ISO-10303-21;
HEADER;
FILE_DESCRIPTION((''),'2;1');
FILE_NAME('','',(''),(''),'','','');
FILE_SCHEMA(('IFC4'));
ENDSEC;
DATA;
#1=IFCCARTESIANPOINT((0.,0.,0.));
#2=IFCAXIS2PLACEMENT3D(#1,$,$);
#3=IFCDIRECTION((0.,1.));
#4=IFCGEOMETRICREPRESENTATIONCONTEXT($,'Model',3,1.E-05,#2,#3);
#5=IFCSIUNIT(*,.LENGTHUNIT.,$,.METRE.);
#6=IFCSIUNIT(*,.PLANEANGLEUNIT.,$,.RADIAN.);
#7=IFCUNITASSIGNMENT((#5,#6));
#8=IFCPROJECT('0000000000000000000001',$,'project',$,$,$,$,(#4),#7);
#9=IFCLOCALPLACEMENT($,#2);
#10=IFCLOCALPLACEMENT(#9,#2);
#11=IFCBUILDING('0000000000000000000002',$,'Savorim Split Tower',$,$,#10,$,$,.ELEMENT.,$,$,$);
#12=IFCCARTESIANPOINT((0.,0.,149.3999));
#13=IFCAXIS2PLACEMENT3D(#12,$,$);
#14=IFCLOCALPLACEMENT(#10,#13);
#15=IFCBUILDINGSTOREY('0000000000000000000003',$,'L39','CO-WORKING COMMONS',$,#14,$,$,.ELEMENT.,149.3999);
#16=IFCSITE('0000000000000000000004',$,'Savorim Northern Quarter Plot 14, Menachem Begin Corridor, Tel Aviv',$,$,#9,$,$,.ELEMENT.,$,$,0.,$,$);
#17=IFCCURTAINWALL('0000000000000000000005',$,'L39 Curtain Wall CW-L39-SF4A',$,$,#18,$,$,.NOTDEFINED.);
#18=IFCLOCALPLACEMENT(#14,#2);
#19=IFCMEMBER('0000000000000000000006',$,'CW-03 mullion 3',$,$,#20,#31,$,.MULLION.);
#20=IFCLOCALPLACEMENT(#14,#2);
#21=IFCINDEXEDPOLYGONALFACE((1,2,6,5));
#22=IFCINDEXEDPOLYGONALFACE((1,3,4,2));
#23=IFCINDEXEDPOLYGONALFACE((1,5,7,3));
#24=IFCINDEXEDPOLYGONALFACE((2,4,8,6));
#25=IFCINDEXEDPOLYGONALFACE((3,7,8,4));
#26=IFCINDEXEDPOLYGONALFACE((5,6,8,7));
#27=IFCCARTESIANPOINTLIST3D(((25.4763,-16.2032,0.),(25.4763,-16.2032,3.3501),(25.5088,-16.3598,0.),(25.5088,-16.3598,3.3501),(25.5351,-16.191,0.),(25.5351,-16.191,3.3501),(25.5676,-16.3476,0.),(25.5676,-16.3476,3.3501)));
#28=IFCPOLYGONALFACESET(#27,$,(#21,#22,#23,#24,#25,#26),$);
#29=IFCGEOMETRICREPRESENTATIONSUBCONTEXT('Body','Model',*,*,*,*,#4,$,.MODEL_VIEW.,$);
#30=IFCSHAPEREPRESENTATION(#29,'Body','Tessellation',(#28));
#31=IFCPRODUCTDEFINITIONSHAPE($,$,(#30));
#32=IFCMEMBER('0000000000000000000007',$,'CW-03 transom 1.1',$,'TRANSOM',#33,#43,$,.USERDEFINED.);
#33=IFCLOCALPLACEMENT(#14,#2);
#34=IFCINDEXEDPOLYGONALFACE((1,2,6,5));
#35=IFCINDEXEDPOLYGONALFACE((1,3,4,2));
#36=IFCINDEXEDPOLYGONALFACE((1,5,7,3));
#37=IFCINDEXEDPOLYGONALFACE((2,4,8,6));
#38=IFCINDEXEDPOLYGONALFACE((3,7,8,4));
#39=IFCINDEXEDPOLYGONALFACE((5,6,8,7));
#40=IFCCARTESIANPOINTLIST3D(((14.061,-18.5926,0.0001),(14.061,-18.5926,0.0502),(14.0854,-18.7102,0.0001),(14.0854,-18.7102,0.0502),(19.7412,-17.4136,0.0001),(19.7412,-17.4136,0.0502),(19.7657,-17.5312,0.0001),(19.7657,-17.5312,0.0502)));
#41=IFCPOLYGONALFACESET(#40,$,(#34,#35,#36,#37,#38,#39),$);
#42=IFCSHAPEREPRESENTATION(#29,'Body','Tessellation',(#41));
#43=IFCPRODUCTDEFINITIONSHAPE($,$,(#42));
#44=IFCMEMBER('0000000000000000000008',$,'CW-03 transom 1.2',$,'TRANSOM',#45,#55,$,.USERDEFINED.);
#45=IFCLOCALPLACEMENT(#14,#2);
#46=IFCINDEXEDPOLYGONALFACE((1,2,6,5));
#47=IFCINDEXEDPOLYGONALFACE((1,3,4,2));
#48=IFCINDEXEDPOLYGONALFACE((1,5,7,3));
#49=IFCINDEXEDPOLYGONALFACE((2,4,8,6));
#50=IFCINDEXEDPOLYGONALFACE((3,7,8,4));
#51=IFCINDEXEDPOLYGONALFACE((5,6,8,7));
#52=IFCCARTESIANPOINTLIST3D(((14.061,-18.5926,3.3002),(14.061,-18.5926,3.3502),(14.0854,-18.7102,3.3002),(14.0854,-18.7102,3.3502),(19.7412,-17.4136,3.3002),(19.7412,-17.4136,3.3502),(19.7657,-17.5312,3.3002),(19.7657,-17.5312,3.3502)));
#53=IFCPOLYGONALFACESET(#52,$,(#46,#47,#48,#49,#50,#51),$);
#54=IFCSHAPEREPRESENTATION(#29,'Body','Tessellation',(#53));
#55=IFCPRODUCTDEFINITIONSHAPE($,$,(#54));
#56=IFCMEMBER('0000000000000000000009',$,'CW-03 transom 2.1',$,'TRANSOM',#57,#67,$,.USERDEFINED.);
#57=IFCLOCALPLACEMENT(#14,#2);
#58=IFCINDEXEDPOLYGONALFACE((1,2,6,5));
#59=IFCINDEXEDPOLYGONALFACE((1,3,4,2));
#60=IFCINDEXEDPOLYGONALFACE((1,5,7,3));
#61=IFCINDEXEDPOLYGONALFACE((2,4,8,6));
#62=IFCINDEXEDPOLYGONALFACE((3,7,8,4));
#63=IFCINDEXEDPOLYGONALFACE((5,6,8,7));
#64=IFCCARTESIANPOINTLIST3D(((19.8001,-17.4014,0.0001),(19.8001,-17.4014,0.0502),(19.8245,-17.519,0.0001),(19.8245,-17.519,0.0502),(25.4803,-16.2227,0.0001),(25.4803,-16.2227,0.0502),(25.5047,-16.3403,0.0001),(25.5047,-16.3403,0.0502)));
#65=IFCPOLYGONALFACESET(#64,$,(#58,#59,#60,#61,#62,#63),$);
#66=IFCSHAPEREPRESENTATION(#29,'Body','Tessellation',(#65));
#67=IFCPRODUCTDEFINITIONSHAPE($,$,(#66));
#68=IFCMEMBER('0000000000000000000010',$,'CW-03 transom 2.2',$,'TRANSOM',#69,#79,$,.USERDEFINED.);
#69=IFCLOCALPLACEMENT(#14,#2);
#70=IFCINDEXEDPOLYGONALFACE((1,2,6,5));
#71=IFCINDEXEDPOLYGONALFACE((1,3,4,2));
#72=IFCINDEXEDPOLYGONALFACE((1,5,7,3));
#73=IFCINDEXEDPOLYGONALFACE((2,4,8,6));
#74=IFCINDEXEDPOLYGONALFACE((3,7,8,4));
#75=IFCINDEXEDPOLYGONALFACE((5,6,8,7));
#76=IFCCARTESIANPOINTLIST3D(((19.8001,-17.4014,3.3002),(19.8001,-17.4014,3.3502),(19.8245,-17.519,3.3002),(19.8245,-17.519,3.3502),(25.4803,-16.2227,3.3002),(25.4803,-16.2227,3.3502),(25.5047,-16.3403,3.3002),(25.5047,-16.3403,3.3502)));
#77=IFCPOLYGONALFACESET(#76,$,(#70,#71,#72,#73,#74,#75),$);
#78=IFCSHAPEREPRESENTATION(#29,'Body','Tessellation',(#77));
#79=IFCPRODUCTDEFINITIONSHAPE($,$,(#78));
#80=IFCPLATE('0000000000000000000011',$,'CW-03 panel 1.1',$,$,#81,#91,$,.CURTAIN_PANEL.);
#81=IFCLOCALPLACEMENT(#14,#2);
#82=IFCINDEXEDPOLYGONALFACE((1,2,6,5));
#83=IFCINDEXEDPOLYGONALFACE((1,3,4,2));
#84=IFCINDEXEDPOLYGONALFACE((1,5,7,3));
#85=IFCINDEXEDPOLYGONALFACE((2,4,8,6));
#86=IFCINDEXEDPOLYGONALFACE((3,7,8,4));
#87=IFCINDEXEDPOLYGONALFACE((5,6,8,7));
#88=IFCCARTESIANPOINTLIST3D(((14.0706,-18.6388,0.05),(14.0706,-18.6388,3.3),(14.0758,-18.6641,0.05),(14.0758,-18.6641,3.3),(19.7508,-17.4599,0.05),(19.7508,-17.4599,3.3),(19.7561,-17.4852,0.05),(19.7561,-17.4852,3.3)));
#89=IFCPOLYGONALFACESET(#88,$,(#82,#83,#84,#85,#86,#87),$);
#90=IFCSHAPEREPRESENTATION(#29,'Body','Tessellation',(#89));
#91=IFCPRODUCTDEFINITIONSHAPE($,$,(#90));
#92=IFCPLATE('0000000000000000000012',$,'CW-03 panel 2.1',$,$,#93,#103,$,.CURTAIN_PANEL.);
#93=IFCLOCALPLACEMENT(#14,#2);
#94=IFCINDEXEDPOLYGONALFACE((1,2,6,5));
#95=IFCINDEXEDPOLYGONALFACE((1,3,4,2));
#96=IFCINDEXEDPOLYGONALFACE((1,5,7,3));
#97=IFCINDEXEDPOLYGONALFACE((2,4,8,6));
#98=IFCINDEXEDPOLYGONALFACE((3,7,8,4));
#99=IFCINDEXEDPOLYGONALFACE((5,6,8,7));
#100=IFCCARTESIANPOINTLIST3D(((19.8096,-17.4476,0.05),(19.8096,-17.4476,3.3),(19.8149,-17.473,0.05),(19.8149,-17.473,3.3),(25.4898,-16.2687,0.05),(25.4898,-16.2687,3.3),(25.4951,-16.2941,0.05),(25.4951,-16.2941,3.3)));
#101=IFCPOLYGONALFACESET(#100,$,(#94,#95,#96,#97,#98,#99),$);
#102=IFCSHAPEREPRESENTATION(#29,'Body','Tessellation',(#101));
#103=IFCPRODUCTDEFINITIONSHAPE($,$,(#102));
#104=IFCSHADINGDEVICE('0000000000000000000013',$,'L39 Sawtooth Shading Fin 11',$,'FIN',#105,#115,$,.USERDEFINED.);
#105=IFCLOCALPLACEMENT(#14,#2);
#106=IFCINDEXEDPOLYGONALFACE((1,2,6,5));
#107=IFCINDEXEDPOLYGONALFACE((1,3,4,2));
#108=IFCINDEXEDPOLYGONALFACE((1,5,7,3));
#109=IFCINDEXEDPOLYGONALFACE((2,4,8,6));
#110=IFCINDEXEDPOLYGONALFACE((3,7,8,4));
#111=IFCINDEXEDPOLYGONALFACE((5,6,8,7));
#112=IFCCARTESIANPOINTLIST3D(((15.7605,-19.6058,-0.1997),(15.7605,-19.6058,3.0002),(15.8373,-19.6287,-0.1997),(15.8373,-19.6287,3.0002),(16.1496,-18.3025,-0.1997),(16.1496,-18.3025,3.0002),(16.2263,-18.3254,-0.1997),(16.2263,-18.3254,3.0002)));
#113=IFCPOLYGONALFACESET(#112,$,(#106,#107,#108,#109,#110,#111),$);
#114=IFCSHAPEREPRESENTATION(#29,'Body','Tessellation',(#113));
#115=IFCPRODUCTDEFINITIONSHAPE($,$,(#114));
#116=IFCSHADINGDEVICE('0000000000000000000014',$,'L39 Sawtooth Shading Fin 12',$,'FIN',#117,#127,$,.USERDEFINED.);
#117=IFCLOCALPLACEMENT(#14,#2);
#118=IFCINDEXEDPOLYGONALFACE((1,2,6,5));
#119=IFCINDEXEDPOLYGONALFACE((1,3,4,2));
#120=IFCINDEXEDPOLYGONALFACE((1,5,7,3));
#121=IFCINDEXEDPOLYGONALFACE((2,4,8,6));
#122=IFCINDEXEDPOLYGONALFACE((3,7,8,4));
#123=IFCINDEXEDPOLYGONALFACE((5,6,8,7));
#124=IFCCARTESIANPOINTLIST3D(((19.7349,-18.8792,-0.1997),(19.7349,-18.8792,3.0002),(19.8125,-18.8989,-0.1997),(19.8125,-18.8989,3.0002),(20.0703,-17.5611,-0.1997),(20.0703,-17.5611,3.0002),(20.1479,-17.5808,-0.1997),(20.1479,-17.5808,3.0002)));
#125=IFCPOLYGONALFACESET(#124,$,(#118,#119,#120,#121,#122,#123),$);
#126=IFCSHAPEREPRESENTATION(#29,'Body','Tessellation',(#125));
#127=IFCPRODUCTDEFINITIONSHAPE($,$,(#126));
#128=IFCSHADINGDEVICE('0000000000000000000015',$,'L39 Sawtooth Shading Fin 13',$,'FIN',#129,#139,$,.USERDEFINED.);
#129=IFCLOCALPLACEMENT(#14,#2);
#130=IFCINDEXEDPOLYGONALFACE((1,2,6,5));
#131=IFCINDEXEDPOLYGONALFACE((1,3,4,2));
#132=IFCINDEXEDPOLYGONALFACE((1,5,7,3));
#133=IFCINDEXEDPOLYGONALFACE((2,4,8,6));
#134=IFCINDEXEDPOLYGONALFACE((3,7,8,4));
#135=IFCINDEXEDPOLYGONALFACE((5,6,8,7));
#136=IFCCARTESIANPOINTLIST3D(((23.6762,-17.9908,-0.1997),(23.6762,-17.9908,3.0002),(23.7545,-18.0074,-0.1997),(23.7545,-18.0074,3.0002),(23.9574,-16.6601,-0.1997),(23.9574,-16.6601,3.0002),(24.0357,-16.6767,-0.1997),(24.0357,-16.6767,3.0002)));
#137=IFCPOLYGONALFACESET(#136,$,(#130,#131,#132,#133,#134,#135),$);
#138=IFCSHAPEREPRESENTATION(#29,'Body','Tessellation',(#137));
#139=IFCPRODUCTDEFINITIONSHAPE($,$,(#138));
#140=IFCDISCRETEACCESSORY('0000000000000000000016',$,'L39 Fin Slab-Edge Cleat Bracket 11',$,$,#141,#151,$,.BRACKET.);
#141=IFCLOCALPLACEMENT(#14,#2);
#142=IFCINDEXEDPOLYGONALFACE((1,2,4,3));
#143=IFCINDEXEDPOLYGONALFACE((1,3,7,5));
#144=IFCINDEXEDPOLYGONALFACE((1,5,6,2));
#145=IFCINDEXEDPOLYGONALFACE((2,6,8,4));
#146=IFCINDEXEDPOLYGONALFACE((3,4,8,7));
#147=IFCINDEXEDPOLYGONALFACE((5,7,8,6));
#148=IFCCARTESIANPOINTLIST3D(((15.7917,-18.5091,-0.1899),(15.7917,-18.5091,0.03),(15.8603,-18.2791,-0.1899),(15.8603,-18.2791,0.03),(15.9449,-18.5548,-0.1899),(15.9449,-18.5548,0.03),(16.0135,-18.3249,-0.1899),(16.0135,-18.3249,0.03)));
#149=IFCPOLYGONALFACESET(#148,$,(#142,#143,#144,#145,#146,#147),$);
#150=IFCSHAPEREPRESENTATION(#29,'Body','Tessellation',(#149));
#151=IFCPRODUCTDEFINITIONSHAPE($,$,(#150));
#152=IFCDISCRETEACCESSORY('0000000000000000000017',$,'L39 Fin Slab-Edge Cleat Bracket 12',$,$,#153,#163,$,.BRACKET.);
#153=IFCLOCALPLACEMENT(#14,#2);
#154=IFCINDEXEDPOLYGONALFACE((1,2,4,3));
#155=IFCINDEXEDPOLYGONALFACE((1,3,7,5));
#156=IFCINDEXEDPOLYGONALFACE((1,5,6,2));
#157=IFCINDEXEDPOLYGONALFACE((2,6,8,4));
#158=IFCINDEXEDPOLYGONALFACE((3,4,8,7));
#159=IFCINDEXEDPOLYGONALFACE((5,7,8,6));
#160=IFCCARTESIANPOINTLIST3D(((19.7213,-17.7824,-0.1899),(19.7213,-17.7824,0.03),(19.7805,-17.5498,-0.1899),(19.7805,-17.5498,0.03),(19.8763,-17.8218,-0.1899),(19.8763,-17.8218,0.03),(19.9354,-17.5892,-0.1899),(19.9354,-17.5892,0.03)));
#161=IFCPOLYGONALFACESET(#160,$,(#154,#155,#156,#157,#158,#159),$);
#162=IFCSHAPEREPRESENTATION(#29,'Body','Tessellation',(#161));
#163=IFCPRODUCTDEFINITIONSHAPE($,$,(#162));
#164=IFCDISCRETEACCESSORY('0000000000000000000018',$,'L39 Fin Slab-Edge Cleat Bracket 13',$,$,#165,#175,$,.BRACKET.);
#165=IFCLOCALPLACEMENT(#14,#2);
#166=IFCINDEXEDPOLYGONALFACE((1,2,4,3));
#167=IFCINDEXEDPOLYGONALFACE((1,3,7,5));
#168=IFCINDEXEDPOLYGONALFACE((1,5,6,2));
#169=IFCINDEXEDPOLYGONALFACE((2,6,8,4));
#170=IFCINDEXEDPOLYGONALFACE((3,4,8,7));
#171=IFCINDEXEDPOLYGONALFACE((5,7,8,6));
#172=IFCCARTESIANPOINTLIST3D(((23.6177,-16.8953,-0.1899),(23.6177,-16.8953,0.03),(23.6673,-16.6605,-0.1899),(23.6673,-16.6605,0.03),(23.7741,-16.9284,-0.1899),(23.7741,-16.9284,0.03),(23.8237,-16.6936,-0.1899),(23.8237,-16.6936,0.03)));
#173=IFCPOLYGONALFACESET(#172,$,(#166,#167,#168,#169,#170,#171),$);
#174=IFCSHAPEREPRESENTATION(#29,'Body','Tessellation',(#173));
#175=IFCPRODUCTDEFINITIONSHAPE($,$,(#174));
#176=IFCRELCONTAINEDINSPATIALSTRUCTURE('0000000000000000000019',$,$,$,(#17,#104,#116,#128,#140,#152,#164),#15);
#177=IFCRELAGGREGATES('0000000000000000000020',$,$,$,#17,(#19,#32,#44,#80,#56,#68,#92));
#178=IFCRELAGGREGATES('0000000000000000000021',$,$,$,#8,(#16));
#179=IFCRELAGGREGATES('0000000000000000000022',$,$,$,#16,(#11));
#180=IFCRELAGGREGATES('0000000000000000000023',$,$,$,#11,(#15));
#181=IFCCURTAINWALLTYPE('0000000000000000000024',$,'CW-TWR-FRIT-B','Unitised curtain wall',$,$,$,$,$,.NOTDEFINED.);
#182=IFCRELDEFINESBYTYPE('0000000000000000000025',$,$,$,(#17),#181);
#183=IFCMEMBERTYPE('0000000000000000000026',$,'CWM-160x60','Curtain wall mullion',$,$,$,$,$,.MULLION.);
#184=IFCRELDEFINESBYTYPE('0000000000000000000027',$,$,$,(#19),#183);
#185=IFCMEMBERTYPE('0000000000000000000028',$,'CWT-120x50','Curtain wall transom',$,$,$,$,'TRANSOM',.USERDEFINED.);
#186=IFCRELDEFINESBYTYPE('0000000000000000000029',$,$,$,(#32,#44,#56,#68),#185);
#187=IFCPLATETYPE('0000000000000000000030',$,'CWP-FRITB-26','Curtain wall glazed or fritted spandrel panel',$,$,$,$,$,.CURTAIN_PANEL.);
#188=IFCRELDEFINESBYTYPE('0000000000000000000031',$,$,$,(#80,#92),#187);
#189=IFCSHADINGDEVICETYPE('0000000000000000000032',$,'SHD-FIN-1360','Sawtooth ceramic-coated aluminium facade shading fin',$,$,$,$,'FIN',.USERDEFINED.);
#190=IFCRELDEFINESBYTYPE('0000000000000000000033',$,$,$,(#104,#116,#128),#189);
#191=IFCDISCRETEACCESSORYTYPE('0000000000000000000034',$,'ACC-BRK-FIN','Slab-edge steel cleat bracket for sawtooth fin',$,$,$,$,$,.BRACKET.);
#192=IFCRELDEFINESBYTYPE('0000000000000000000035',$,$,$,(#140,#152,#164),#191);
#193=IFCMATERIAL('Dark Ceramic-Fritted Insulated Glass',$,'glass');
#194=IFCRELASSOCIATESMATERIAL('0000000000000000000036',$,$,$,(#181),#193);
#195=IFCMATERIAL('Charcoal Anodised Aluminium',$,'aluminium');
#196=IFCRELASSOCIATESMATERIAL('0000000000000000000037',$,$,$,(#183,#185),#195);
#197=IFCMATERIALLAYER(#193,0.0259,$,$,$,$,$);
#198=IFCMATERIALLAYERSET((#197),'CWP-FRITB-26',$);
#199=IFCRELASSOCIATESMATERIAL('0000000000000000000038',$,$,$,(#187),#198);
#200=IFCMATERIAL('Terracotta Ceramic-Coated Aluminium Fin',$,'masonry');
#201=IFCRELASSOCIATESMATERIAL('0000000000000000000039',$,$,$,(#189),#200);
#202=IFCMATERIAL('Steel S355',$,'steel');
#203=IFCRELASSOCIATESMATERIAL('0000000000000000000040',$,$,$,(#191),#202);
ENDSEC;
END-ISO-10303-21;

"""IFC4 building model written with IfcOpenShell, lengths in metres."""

from ifc_helpers import new_model, si_unit, direction, frame, origin, origin_2d, place, context, subcontext, project, spatial, rectangle, extrude, material, layer, layer_set, material_profile, profile_set, type_object, element, aggregate, save


model = new_model("IFC4")

# Units and contexts
model_context = context("Model", 3, precision=1e-05, world=origin(), true_north=direction((0.0, 1.0)))
body_context = subcontext(model_context, "Body", "Model", "MODEL_VIEW")
ifc_project = project(units=[si_unit("LENGTHUNIT", "METRE"), si_unit("PLANEANGLEUNIT", "RADIAN")], contexts=[model_context])

# Site, building, storey
site_placement = place(None, origin())
site = spatial("IfcSite", under=ifc_project, at=site_placement, Name="Savorim Northern Quarter Plot 14, Menachem Begin Corridor, Tel Aviv", CompositionType="ELEMENT", RefElevation=0.0)
building_placement = place(site_placement, origin())
building = spatial("IfcBuilding", under=site, at=building_placement, Name="Savorim Split Tower", CompositionType="ELEMENT")
storey_placement = place(building_placement, frame((0.0, 0.0, 149.3999)))
storey = spatial("IfcBuildingStorey", under=building, at=storey_placement, Name="L39", Description="CO-WORKING COMMONS", CompositionType="ELEMENT", Elevation=149.3999)

# Shared definitions
ifc_material_1 = material(Name="Steel S355", Category="steel")

# Shared definitions
ifc_material_2 = material(Name="Dark Ceramic-Fritted Insulated Glass", Category="glass")
curtain_wall_type = type_object("IfcCurtainWallType", Name="CW-TWR-FRIT-B", Description="Unitised curtain wall", PredefinedType="NOTDEFINED", material=ifc_material_2)
ifc_material_3 = material(Name="Charcoal Anodised Aluminium", Category="aluminium")
ifc_material_profile_1 = material_profile(ifc_material_3, rectangle(XDim=0.1599, YDim=0.0601, at=origin_2d()), Name="ALU-M 160x60")
ifc_profile_set_1 = profile_set([ifc_material_profile_1], Name="Charcoal Anodised Aluminium")
member_type_1 = type_object("IfcMemberType", Name="CWM-160x60", Description="Curtain wall mullion", PredefinedType="MULLION", material=ifc_profile_set_1)

# Curtain wall, members, plates
curtain_wall_1_placement = place(storey_placement, origin())
curtain_wall_1 = element("IfcCurtainWall", 1, at=curtain_wall_1_placement, inside=storey, type_object=curtain_wall_type, Name="L39 Curtain Wall CW-L39-SF4A", PredefinedType="NOTDEFINED")
member_1_placement = place(storey_placement, frame((25.522, -16.2754, 0.0), z_axis=(0.0, 0.0, 1.0), x_axis=(-0.203212, 0.979135, 0.0)))
member_1 = element("IfcMember", 2, at=member_1_placement, type_object=member_type_1, Name="CW-03 mullion 3", PredefinedType="MULLION", context=body_context, shape_type="SweptSolid", body=[
    extrude(rectangle(XDim=0.1599, YDim=0.0601, at=origin_2d()), origin(), (0.0, 0.0, 1.0), 3.3501),
])
ifc_material_profile_2 = material_profile(ifc_material_3, rectangle(XDim=0.1201, YDim=0.05, at=origin_2d()), Name="ALU-T 120x50")
ifc_profile_set_2 = profile_set([ifc_material_profile_2], Name="Charcoal Anodised Aluminium")
member_type_2 = type_object("IfcMemberType", Name="CWT-120x50", Description="Curtain wall transom", ElementType="TRANSOM", PredefinedType="USERDEFINED", material=ifc_profile_set_2)
member_2_placement = place(storey_placement, frame((14.0732, -18.6514, 0.0251), z_axis=(0.979132, 0.203225, 0.0), x_axis=(-0.203225, 0.979132, 0.0)))
member_2 = element("IfcMember", 3, at=member_2_placement, type_object=member_type_2, Name="CW-03 transom 1.1", ObjectType="TRANSOM", PredefinedType="USERDEFINED", context=body_context, shape_type="SweptSolid", body=[
    extrude(rectangle(XDim=0.1201, YDim=0.05, at=origin_2d()), origin(), (0.0, 0.0, 1.0), 5.8013),
])
member_3_placement = place(storey_placement, frame((14.0732, -18.6514, 3.3252), z_axis=(0.979132, 0.203225, 0.0), x_axis=(-0.203225, 0.979132, 0.0)))
member_3 = element("IfcMember", 4, at=member_3_placement, type_object=member_type_2, Name="CW-03 transom 1.2", ObjectType="TRANSOM", PredefinedType="USERDEFINED", context=body_context, shape_type="SweptSolid", body=[
    extrude(rectangle(XDim=0.1201, YDim=0.05, at=origin_2d()), origin(), (0.0, 0.0, 1.0), 5.8013),
])
member_4_placement = place(storey_placement, frame((19.8123, -17.4602, 0.0251), z_axis=(0.97914, 0.203184, 0.0), x_axis=(-0.203184, 0.97914, 0.0)))
member_4 = element("IfcMember", 5, at=member_4_placement, type_object=member_type_2, Name="CW-03 transom 2.1", ObjectType="TRANSOM", PredefinedType="USERDEFINED", context=body_context, shape_type="SweptSolid", body=[
    extrude(rectangle(XDim=0.1201, YDim=0.05, at=origin_2d()), origin(), (0.0, 0.0, 1.0), 5.8013),
])
member_5_placement = place(storey_placement, frame((19.8123, -17.4602, 3.3252), z_axis=(0.97914, 0.203184, 0.0), x_axis=(-0.203184, 0.97914, 0.0)))
member_5 = element("IfcMember", 6, at=member_5_placement, type_object=member_type_2, Name="CW-03 transom 2.2", ObjectType="TRANSOM", PredefinedType="USERDEFINED", context=body_context, shape_type="SweptSolid", body=[
    extrude(rectangle(XDim=0.1201, YDim=0.05, at=origin_2d()), origin(), (0.0, 0.0, 1.0), 5.8013),
])
ifc_layer = layer(ifc_material_2, 0.0259)
ifc_layer_set = layer_set([ifc_layer], Name="CWP-FRITB-26")
plate_type = type_object("IfcPlateType", Name="CWP-FRITB-26", Description="Curtain wall glazed or fritted spandrel panel", PredefinedType="CURTAIN_PANEL", material=ifc_layer_set)
plate_1_placement = place(storey_placement, frame((16.9133, -18.062, 0.05), z_axis=(0.0, 0.0, 1.0), x_axis=(0.979135, 0.203212, 0.0)))
plate_1 = element("IfcPlate", 7, at=plate_1_placement, type_object=plate_type, Name="CW-03 panel 1.1", PredefinedType="CURTAIN_PANEL", context=body_context, shape_type="SweptSolid", body=[
    extrude(rectangle(XDim=5.8013, YDim=0.0259, at=origin_2d()), origin(), (0.0, 0.0, 1.0), 3.25),
])
plate_2_placement = place(storey_placement, frame((22.6523, -16.8708, 0.05), z_axis=(0.0, 0.0, 1.0), x_axis=(0.979135, 0.203212, 0.0)))
plate_2 = element("IfcPlate", 8, at=plate_2_placement, type_object=plate_type, Name="CW-03 panel 2.1", PredefinedType="CURTAIN_PANEL", context=body_context, shape_type="SweptSolid", body=[
    extrude(rectangle(XDim=5.8013, YDim=0.0259, at=origin_2d()), origin(), (0.0, 0.0, 1.0), 3.25),
])
aggregate(curtain_wall_1, [member_1, member_2, member_3, plate_1, member_4, member_5, plate_2])

# Shading devices
ifc_material_4 = material(Name="Terracotta Ceramic-Coated Aluminium Fin", Category="masonry")
shading_device_type = type_object("IfcShadingDeviceType", Name="SHD-FIN-1360", Description="Sawtooth ceramic-coated aluminium facade shading fin", ElementType="FIN", PredefinedType="USERDEFINED", material=ifc_material_4)
for number, where, z_axis, x_axis, name in (
    (9, (15.9934, -18.9656, -0.1997), (0.0, 0.0, 1.0), (-0.286026, -0.958222, 0.0), "L39 Sawtooth Shading Fin 11"),
    (10, (19.9414, -18.23, -0.1997), (0.0, 0.0, 1.0), (-0.246581, -0.969122, 0.0), "L39 Sawtooth Shading Fin 12"),
    (11, (23.856, -17.3337, -0.1997), (0.0, 0.0, 1.0), (-0.206722, -0.9784, 0.0), "L39 Sawtooth Shading Fin 13"),
):
    element("IfcShadingDevice", number, at=place(storey_placement, frame(where, z_axis=z_axis, x_axis=x_axis)), inside=storey, type_object=shading_device_type, Name=name, ObjectType="FIN", PredefinedType="USERDEFINED", context=body_context, shape_type="SweptSolid", body=[
        extrude(rectangle(XDim=1.3601, YDim=0.0801, at=origin_2d()), origin(), (0.0, 0.0, 1.0), 3.2),
    ])

# Discrete accessories
discrete_accessory_type = type_object("IfcDiscreteAccessoryType", Name="ACC-BRK-FIN", Description="Slab-edge steel cleat bracket for sawtooth fin", PredefinedType="BRACKET", material=ifc_material_1)
for number, where, z_axis, x_axis, name in (
    (12, (15.9026, -18.417, -0.1899), (0.0, 0.0, 1.0), (-0.286026, -0.958222, 0.0), "L39 Fin Slab-Edge Cleat Bracket 11"),
    (13, (19.8284, -17.6858, -0.1899), (0.0, 0.0, 1.0), (-0.246581, -0.969122, 0.0), "L39 Fin Slab-Edge Cleat Bracket 12"),
    (14, (23.7207, -16.7944, -0.1899), (0.0, 0.0, 1.0), (-0.206722, -0.9784, 0.0), "L39 Fin Slab-Edge Cleat Bracket 13"),
):
    element("IfcDiscreteAccessory", number, at=place(storey_placement, frame(where, z_axis=z_axis, x_axis=x_axis)), inside=storey, type_object=discrete_accessory_type, Name=name, PredefinedType="BRACKET", context=body_context, shape_type="SweptSolid", body=[
        extrude(rectangle(XDim=0.24, YDim=0.1599, at=origin_2d()), origin(), (0.0, 0.0, 1.0), 0.22),
    ])

save(model, "model.ifc")
